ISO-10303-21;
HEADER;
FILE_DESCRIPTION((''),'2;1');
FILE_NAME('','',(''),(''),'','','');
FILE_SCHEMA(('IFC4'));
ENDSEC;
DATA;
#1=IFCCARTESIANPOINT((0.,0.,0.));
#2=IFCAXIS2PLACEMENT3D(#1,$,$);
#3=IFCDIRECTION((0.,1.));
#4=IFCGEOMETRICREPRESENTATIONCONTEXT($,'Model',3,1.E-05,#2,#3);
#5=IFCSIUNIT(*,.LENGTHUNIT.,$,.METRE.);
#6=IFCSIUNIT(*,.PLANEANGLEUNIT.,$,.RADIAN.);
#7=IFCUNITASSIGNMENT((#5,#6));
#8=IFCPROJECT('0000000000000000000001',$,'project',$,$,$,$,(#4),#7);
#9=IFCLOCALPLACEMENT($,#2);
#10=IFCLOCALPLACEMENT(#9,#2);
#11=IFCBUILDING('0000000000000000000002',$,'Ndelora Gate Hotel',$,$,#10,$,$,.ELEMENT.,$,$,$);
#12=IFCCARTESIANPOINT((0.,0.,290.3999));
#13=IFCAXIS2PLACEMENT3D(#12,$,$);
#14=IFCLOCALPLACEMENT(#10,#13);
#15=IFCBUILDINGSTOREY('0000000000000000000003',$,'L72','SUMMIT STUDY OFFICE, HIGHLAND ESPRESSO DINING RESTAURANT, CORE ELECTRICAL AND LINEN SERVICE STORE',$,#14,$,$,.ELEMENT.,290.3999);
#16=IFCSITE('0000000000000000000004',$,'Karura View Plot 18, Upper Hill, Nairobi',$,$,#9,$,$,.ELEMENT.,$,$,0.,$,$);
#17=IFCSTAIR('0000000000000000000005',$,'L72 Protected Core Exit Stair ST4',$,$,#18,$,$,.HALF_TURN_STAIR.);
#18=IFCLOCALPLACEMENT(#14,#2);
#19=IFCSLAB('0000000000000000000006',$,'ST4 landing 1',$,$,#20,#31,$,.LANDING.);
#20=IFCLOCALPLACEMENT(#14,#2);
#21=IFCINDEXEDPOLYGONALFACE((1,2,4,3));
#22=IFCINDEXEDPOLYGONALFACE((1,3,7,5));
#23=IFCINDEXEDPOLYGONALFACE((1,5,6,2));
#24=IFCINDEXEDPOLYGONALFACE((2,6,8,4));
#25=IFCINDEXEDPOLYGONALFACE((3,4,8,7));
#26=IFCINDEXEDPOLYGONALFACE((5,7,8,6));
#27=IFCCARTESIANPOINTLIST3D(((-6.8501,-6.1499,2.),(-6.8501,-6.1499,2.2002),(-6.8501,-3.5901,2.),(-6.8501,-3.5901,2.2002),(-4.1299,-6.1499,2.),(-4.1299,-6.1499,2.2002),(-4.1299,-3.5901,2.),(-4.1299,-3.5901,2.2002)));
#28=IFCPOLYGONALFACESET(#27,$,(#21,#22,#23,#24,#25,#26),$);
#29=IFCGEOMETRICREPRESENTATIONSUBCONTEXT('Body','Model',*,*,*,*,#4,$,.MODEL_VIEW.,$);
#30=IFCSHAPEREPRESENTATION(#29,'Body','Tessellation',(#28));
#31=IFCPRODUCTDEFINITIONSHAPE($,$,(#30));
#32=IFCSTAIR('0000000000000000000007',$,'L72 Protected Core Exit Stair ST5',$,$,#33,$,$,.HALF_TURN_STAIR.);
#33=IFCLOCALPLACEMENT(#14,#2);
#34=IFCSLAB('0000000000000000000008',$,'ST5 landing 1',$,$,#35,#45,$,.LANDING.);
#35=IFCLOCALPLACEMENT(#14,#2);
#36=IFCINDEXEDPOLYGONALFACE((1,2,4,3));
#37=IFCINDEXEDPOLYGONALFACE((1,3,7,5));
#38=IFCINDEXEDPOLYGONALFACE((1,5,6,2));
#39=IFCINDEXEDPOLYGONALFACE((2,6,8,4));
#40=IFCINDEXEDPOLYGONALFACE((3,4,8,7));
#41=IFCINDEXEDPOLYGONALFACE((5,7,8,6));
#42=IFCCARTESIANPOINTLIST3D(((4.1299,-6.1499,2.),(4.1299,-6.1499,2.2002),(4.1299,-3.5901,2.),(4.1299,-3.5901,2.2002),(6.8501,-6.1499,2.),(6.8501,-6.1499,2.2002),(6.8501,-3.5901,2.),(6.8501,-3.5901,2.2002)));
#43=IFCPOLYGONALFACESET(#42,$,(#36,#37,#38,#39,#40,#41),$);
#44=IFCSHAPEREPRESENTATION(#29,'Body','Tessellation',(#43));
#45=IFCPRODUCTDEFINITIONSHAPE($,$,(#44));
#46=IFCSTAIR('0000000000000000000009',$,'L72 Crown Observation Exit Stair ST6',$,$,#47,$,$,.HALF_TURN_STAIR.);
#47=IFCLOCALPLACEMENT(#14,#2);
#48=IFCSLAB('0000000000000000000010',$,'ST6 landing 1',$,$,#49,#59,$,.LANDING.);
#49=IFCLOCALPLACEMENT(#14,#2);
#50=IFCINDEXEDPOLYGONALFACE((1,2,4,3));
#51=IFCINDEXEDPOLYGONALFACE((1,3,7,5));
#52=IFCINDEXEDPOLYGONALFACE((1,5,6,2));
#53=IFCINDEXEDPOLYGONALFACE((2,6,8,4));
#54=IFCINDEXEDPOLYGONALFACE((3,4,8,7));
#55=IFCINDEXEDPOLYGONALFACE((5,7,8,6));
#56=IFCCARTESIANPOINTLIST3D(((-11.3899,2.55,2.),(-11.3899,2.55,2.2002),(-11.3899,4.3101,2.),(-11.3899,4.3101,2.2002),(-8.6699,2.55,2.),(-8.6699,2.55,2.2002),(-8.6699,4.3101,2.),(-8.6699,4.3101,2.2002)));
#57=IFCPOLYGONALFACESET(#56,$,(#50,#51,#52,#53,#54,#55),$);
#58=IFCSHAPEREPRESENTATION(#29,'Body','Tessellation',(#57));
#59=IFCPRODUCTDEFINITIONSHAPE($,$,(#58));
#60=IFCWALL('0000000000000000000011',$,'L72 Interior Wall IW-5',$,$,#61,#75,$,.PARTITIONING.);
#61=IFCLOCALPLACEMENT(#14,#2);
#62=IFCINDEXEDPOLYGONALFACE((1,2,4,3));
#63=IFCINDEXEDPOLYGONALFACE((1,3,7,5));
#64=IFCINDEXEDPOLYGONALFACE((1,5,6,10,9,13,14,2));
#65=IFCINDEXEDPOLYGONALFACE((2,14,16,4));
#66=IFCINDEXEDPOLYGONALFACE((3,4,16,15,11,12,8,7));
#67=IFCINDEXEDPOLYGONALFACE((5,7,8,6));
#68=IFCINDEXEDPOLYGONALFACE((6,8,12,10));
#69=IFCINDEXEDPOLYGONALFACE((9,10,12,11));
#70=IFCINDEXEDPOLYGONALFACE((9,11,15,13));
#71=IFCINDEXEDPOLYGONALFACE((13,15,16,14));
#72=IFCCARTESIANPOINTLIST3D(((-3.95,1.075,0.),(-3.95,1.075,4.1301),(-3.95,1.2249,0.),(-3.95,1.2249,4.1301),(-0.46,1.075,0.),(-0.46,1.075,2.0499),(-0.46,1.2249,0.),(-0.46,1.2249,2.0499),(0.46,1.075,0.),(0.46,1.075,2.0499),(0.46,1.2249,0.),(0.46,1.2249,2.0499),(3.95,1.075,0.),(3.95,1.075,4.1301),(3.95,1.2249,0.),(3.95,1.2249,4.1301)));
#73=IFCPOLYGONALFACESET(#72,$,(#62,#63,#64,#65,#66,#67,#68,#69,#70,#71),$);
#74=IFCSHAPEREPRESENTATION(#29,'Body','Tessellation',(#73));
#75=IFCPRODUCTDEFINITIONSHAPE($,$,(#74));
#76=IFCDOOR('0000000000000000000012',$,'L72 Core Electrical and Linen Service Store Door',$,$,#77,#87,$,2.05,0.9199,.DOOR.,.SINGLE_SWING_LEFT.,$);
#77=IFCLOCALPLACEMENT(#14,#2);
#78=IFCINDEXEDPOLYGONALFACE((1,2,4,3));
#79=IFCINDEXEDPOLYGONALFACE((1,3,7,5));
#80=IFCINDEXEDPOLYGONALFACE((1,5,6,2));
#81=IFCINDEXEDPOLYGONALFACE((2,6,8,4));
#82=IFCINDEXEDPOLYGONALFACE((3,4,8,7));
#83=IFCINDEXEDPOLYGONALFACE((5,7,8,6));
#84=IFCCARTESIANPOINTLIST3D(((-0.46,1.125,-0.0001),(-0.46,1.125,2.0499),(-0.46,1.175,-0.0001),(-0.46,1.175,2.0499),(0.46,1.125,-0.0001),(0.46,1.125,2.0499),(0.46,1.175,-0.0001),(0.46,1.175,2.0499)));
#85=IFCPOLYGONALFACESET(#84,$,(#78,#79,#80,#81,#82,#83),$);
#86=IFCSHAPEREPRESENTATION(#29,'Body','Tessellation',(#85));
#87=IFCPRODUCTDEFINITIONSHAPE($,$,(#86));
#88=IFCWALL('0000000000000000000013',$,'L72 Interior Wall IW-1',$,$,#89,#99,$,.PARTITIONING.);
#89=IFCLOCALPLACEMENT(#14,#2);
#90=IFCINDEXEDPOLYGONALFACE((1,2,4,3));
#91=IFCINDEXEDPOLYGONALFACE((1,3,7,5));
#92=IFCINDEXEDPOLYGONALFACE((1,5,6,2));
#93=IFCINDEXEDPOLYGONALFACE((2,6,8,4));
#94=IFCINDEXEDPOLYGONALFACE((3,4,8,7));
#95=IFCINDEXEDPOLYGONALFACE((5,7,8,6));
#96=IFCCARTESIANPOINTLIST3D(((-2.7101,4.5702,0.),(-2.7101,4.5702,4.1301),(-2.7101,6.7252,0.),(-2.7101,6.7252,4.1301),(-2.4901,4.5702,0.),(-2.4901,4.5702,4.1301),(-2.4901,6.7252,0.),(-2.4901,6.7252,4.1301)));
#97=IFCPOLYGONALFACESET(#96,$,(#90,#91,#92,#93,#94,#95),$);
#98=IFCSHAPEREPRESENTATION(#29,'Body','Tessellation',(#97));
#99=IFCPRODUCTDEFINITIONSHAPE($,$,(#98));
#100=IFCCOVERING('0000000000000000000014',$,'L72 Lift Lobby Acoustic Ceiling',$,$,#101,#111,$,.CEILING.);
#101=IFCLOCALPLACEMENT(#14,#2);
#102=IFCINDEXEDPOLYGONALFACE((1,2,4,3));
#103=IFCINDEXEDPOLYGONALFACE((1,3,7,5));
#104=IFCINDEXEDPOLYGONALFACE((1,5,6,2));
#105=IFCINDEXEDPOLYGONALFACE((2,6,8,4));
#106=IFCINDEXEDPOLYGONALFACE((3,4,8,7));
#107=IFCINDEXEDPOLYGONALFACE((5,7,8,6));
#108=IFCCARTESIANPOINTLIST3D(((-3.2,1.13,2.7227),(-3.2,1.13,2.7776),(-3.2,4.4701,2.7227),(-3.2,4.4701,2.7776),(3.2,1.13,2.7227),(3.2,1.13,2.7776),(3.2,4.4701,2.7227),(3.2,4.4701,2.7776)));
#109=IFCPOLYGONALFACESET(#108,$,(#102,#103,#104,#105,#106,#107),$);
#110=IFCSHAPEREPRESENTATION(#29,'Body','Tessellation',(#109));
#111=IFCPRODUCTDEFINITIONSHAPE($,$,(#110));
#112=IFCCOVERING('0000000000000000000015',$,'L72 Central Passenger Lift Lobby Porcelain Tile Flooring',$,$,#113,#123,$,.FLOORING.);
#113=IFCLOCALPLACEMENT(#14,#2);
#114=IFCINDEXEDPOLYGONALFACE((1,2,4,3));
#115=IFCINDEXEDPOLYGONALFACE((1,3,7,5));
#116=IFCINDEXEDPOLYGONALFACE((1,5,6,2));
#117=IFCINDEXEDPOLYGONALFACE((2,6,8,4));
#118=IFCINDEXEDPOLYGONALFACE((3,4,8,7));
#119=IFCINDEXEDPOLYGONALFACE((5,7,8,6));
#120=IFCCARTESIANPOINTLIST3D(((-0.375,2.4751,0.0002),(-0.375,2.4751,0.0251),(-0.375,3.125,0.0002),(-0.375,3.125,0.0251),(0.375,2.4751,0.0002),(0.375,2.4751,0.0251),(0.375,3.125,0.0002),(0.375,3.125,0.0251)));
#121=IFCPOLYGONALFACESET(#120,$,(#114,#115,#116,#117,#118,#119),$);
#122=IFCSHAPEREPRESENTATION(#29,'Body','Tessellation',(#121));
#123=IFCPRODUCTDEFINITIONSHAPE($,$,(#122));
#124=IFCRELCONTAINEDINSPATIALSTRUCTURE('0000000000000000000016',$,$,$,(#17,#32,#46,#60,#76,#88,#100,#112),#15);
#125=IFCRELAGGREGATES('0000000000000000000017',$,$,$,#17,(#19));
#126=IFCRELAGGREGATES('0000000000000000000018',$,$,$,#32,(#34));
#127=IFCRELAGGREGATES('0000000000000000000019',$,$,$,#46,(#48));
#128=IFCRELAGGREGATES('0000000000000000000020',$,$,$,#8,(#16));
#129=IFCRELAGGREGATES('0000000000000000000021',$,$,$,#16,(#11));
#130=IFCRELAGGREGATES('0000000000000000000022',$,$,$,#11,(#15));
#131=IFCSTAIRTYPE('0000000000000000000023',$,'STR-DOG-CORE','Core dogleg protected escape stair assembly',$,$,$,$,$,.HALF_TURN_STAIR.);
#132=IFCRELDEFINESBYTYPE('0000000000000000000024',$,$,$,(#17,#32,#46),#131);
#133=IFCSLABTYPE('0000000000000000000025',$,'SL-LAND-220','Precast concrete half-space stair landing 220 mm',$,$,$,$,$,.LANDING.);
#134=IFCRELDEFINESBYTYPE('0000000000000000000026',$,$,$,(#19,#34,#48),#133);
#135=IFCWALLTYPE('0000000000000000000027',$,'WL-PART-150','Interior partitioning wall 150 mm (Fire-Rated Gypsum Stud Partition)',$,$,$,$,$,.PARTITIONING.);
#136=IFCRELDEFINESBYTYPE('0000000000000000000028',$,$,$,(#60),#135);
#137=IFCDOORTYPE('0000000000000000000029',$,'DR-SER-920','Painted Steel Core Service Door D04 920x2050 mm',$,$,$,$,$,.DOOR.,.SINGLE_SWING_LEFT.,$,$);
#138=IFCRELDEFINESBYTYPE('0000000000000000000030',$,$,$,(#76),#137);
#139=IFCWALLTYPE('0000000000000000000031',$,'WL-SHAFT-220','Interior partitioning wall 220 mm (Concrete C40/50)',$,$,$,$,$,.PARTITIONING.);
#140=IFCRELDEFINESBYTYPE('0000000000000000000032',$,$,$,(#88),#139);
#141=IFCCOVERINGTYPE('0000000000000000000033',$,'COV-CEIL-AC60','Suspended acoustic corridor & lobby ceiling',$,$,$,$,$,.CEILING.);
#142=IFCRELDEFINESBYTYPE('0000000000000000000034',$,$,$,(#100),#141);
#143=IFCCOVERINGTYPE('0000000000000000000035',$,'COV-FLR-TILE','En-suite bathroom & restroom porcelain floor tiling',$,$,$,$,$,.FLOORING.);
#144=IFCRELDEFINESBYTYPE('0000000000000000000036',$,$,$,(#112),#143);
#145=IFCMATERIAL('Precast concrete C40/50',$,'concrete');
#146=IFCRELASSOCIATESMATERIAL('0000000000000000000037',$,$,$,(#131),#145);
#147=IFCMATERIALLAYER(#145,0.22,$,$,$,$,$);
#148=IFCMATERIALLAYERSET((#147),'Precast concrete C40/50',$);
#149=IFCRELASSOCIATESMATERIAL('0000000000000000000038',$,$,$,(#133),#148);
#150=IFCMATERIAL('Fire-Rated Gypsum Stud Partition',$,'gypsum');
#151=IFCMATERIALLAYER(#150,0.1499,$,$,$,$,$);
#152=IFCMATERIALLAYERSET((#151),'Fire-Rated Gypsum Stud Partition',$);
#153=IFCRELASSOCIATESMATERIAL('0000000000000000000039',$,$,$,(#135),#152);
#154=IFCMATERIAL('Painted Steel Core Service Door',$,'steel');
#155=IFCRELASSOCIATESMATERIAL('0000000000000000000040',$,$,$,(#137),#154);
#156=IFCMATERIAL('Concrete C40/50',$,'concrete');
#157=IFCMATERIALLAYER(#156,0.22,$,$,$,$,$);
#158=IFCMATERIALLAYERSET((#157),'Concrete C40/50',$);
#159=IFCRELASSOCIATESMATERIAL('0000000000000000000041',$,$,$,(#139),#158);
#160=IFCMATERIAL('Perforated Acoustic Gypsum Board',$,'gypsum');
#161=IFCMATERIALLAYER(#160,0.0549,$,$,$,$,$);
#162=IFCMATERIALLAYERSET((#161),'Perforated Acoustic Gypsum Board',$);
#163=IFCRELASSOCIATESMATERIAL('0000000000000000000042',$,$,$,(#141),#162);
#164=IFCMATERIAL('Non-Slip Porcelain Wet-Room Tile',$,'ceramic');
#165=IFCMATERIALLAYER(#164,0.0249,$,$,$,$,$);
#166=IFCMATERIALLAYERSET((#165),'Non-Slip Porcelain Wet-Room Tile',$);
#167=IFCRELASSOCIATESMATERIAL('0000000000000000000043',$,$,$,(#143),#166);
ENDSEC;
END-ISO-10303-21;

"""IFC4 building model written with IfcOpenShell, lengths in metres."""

from ifc_helpers import new_model, si_unit, direction, frame, frame_2d, origin, origin_2d, place, context, subcontext, project, spatial, polyline, rectangle, outline, extrude, material, layer, layer_set, type_object, element, fill, aggregate, save


model = new_model("IFC4")

# Units and contexts
model_context = context("Model", 3, precision=1e-05, world=origin(), true_north=direction((0.0, 1.0)))
body_context = subcontext(model_context, "Body", "Model", "MODEL_VIEW")
ifc_project = project(units=[si_unit("LENGTHUNIT", "METRE"), si_unit("PLANEANGLEUNIT", "RADIAN")], contexts=[model_context])

# Site, building, storey
site_placement = place(None, origin())
site = spatial("IfcSite", under=ifc_project, at=site_placement, Name="Karura View Plot 18, Upper Hill, Nairobi", CompositionType="ELEMENT", RefElevation=0.0)
building_placement = place(site_placement, origin())
building = spatial("IfcBuilding", under=site, at=building_placement, Name="Ndelora Gate Hotel", CompositionType="ELEMENT")
storey_placement = place(building_placement, frame((0.0, 0.0, 290.3999)))
storey = spatial("IfcBuildingStorey", under=building, at=storey_placement, Name="L72", Description="SUMMIT STUDY OFFICE, HIGHLAND ESPRESSO DINING RESTAURANT, CORE ELECTRICAL AND LINEN SERVICE STORE", CompositionType="ELEMENT", Elevation=290.3999)

# Stairs, slabs
ifc_material_1 = material(Name="Precast concrete C40/50", Category="concrete")
stair_type = type_object("IfcStairType", Name="STR-DOG-CORE", Description="Core dogleg protected escape stair assembly", PredefinedType="HALF_TURN_STAIR", material=ifc_material_1)
stair_1_placement = place(storey_placement, origin())
stair_1 = element("IfcStair", 1, at=stair_1_placement, inside=storey, type_object=stair_type, Name="L72 Protected Core Exit Stair ST4", PredefinedType="HALF_TURN_STAIR")
ifc_layer_1 = layer(ifc_material_1, 0.22)
ifc_layer_set_1 = layer_set([ifc_layer_1], Name="Precast concrete C40/50")
slab_type = type_object("IfcSlabType", Name="SL-LAND-220", Description="Precast concrete half-space stair landing 220 mm", PredefinedType="LANDING", material=ifc_layer_set_1)
slab_1_placement = place(storey_placement, frame((0.0, 0.0, 2.0)))
slab_1 = element("IfcSlab", 2, at=slab_1_placement, type_object=slab_type, Name="ST4 landing 1", PredefinedType="LANDING", context=body_context, shape_type="SweptSolid", body=[
    extrude(outline(polyline([(-6.8501, -3.5901), (-6.8501, -6.1499), (-4.1299, -6.1499), (-4.1299, -3.5901), (-6.8501, -3.5901)])), origin(), (0.0, 0.0, 1.0), 0.2002),
])
aggregate(stair_1, [slab_1])
stair_2_placement = place(storey_placement, origin())
stair_2 = element("IfcStair", 3, at=stair_2_placement, inside=storey, type_object=stair_type, Name="L72 Protected Core Exit Stair ST5", PredefinedType="HALF_TURN_STAIR")
slab_2_placement = place(storey_placement, frame((0.0, 0.0, 2.0)))
slab_2 = element("IfcSlab", 4, at=slab_2_placement, type_object=slab_type, Name="ST5 landing 1", PredefinedType="LANDING", context=body_context, shape_type="SweptSolid", body=[
    extrude(outline(polyline([(4.1299, -3.5901), (4.1299, -6.1499), (6.8501, -6.1499), (6.8501, -3.5901), (4.1299, -3.5901)])), origin(), (0.0, 0.0, 1.0), 0.2002),
])
aggregate(stair_2, [slab_2])
stair_3_placement = place(storey_placement, origin())
stair_3 = element("IfcStair", 5, at=stair_3_placement, inside=storey, type_object=stair_type, Name="L72 Crown Observation Exit Stair ST6", PredefinedType="HALF_TURN_STAIR")
slab_3_placement = place(storey_placement, frame((0.0, 0.0, 2.0)))
slab_3 = element("IfcSlab", 6, at=slab_3_placement, type_object=slab_type, Name="ST6 landing 1", PredefinedType="LANDING", context=body_context, shape_type="SweptSolid", body=[
    extrude(outline(polyline([(-11.3899, 4.3101), (-11.3899, 2.55), (-8.6699, 2.55), (-8.6699, 4.3101), (-11.3899, 4.3101)])), origin(), (0.0, 0.0, 1.0), 0.2002),
])
aggregate(stair_3, [slab_3])

# Wall, opening, door
ifc_material_2 = material(Name="Concrete C40/50", Category="concrete")
ifc_material_3 = material(Name="Fire-Rated Gypsum Stud Partition", Category="gypsum")
ifc_layer_2 = layer(ifc_material_3, 0.1499)
ifc_layer_set_2 = layer_set([ifc_layer_2], Name="Fire-Rated Gypsum Stud Partition")
wall_type_1 = type_object("IfcWallType", Name="WL-PART-150", Description="Interior partitioning wall 150 mm (Fire-Rated Gypsum Stud Partition)", PredefinedType="PARTITIONING", material=ifc_layer_set_2)
wall_1_placement = place(storey_placement, frame((3.95, 1.1499, 0.0), z_axis=(0.0, 0.0, 1.0), x_axis=(-1.0, 0.0, 0.0)))
wall_1 = element("IfcWall", 7, at=wall_1_placement, inside=storey, type_object=wall_type_1, Name="L72 Interior Wall IW-5", PredefinedType="PARTITIONING", context=body_context, shape_type="SweptSolid", body=[
    extrude(rectangle(XDim=7.8999, YDim=0.1499, at=frame_2d((3.95, 0.0))), origin(), (0.0, 0.0, 1.0), 4.1301),
])
opening_1_placement = place(wall_1_placement, frame((3.49, 0.0, 0.0)))
opening_1 = element("IfcOpeningElement", 8, at=opening_1_placement, cuts=wall_1, PredefinedType="OPENING", context=body_context, shape_type="SweptSolid", body=[
    extrude(rectangle(XDim=0.9199, YDim=2.05, at=frame_2d((0.46, 1.0249))), frame((0.0, 0.085, 0.0), z_axis=(0.0, -1.0, 0.0), x_axis=(1.0, 0.0, 0.0)), (0.0, 0.0, 1.0), 0.1699),
])
ifc_material_4 = material(Name="Painted Steel Core Service Door", Category="steel")
door_type_1 = type_object("IfcDoorType", Name="DR-SER-920", Description="Painted Steel Core Service Door D04 920x2050 mm", OperationType="SINGLE_SWING_LEFT", PredefinedType="DOOR", material=ifc_material_4)
door_1_placement = place(opening_1_placement, origin())
door_1 = element("IfcDoor", 9, at=door_1_placement, inside=storey, type_object=door_type_1, Name="L72 Core Electrical and Linen Service Store Door", OperationType="SINGLE_SWING_LEFT", OverallHeight=2.05, OverallWidth=0.9199, PredefinedType="DOOR", context=body_context, shape_type="SweptSolid", body=[
    extrude(rectangle(XDim=0.9199, YDim=2.05, at=frame_2d((0.46, 1.0249))), frame((0.0, 0.0249, 0.0), z_axis=(0.0, -1.0, 0.0), x_axis=(1.0, 0.0, 0.0)), (0.0, 0.0, 1.0), 0.05),
])
fill(opening_1, door_1)

# Wall
ifc_layer_3 = layer(ifc_material_2, 0.22)
ifc_layer_set_3 = layer_set([ifc_layer_3], Name="Concrete C40/50")
wall_type_2 = type_object("IfcWallType", Name="WL-SHAFT-220", Description="Interior partitioning wall 220 mm (Concrete C40/50)", PredefinedType="PARTITIONING", material=ifc_layer_set_3)
wall_2_placement = place(storey_placement, frame((-2.6001, 4.5701, 0.0), z_axis=(0.0, 0.0, 1.0), x_axis=(0.0, 1.0, 0.0)))
element("IfcWall", 10, at=wall_2_placement, inside=storey, type_object=wall_type_2, Name="L72 Interior Wall IW-1", PredefinedType="PARTITIONING", context=body_context, shape_type="SweptSolid", body=[
    extrude(rectangle(XDim=2.155, YDim=0.22, at=frame_2d((1.0776, 0.0))), origin(), (0.0, 0.0, 1.0), 4.1301),
])

# Coverings
ifc_material_5 = material(Name="Perforated Acoustic Gypsum Board", Category="gypsum")
ifc_layer_4 = layer(ifc_material_5, 0.0549)
ifc_layer_set_4 = layer_set([ifc_layer_4], Name="Perforated Acoustic Gypsum Board")
covering_type_1 = type_object("IfcCoveringType", Name="COV-CEIL-AC60", Description="Suspended acoustic corridor & lobby ceiling", PredefinedType="CEILING", material=ifc_layer_set_4)
covering_1_placement = place(storey_placement, frame((0.0, 2.8, 2.7227), z_axis=(0.0, 0.0, 1.0), x_axis=(1.0, 0.0, 0.0)))
element("IfcCovering", 11, at=covering_1_placement, inside=storey, type_object=covering_type_1, Name="L72 Lift Lobby Acoustic Ceiling", PredefinedType="CEILING", context=body_context, shape_type="SweptSolid", body=[
    extrude(rectangle(XDim=6.3999, YDim=3.3401, at=origin_2d()), origin(), (0.0, 0.0, 1.0), 0.0549),
])
ifc_material_6 = material(Name="Non-Slip Porcelain Wet-Room Tile", Category="ceramic")
ifc_layer_5 = layer(ifc_material_6, 0.0249)
ifc_layer_set_5 = layer_set([ifc_layer_5], Name="Non-Slip Porcelain Wet-Room Tile")
covering_type_2 = type_object("IfcCoveringType", Name="COV-FLR-TILE", Description="En-suite bathroom & restroom porcelain floor tiling", PredefinedType="FLOORING", material=ifc_layer_set_5)
covering_2_placement = place(storey_placement, frame((0.0, 2.8, 0.0002), z_axis=(0.0, 0.0, 1.0), x_axis=(1.0, 0.0, 0.0)))
element("IfcCovering", 12, at=covering_2_placement, inside=storey, type_object=covering_type_2, Name="L72 Central Passenger Lift Lobby Porcelain Tile Flooring", PredefinedType="FLOORING", context=body_context, shape_type="SweptSolid", body=[
    extrude(rectangle(XDim=0.75, YDim=0.6499, at=origin_2d()), origin(), (0.0, 0.0, 1.0), 0.0249),
])

save(model, "model.ifc")
